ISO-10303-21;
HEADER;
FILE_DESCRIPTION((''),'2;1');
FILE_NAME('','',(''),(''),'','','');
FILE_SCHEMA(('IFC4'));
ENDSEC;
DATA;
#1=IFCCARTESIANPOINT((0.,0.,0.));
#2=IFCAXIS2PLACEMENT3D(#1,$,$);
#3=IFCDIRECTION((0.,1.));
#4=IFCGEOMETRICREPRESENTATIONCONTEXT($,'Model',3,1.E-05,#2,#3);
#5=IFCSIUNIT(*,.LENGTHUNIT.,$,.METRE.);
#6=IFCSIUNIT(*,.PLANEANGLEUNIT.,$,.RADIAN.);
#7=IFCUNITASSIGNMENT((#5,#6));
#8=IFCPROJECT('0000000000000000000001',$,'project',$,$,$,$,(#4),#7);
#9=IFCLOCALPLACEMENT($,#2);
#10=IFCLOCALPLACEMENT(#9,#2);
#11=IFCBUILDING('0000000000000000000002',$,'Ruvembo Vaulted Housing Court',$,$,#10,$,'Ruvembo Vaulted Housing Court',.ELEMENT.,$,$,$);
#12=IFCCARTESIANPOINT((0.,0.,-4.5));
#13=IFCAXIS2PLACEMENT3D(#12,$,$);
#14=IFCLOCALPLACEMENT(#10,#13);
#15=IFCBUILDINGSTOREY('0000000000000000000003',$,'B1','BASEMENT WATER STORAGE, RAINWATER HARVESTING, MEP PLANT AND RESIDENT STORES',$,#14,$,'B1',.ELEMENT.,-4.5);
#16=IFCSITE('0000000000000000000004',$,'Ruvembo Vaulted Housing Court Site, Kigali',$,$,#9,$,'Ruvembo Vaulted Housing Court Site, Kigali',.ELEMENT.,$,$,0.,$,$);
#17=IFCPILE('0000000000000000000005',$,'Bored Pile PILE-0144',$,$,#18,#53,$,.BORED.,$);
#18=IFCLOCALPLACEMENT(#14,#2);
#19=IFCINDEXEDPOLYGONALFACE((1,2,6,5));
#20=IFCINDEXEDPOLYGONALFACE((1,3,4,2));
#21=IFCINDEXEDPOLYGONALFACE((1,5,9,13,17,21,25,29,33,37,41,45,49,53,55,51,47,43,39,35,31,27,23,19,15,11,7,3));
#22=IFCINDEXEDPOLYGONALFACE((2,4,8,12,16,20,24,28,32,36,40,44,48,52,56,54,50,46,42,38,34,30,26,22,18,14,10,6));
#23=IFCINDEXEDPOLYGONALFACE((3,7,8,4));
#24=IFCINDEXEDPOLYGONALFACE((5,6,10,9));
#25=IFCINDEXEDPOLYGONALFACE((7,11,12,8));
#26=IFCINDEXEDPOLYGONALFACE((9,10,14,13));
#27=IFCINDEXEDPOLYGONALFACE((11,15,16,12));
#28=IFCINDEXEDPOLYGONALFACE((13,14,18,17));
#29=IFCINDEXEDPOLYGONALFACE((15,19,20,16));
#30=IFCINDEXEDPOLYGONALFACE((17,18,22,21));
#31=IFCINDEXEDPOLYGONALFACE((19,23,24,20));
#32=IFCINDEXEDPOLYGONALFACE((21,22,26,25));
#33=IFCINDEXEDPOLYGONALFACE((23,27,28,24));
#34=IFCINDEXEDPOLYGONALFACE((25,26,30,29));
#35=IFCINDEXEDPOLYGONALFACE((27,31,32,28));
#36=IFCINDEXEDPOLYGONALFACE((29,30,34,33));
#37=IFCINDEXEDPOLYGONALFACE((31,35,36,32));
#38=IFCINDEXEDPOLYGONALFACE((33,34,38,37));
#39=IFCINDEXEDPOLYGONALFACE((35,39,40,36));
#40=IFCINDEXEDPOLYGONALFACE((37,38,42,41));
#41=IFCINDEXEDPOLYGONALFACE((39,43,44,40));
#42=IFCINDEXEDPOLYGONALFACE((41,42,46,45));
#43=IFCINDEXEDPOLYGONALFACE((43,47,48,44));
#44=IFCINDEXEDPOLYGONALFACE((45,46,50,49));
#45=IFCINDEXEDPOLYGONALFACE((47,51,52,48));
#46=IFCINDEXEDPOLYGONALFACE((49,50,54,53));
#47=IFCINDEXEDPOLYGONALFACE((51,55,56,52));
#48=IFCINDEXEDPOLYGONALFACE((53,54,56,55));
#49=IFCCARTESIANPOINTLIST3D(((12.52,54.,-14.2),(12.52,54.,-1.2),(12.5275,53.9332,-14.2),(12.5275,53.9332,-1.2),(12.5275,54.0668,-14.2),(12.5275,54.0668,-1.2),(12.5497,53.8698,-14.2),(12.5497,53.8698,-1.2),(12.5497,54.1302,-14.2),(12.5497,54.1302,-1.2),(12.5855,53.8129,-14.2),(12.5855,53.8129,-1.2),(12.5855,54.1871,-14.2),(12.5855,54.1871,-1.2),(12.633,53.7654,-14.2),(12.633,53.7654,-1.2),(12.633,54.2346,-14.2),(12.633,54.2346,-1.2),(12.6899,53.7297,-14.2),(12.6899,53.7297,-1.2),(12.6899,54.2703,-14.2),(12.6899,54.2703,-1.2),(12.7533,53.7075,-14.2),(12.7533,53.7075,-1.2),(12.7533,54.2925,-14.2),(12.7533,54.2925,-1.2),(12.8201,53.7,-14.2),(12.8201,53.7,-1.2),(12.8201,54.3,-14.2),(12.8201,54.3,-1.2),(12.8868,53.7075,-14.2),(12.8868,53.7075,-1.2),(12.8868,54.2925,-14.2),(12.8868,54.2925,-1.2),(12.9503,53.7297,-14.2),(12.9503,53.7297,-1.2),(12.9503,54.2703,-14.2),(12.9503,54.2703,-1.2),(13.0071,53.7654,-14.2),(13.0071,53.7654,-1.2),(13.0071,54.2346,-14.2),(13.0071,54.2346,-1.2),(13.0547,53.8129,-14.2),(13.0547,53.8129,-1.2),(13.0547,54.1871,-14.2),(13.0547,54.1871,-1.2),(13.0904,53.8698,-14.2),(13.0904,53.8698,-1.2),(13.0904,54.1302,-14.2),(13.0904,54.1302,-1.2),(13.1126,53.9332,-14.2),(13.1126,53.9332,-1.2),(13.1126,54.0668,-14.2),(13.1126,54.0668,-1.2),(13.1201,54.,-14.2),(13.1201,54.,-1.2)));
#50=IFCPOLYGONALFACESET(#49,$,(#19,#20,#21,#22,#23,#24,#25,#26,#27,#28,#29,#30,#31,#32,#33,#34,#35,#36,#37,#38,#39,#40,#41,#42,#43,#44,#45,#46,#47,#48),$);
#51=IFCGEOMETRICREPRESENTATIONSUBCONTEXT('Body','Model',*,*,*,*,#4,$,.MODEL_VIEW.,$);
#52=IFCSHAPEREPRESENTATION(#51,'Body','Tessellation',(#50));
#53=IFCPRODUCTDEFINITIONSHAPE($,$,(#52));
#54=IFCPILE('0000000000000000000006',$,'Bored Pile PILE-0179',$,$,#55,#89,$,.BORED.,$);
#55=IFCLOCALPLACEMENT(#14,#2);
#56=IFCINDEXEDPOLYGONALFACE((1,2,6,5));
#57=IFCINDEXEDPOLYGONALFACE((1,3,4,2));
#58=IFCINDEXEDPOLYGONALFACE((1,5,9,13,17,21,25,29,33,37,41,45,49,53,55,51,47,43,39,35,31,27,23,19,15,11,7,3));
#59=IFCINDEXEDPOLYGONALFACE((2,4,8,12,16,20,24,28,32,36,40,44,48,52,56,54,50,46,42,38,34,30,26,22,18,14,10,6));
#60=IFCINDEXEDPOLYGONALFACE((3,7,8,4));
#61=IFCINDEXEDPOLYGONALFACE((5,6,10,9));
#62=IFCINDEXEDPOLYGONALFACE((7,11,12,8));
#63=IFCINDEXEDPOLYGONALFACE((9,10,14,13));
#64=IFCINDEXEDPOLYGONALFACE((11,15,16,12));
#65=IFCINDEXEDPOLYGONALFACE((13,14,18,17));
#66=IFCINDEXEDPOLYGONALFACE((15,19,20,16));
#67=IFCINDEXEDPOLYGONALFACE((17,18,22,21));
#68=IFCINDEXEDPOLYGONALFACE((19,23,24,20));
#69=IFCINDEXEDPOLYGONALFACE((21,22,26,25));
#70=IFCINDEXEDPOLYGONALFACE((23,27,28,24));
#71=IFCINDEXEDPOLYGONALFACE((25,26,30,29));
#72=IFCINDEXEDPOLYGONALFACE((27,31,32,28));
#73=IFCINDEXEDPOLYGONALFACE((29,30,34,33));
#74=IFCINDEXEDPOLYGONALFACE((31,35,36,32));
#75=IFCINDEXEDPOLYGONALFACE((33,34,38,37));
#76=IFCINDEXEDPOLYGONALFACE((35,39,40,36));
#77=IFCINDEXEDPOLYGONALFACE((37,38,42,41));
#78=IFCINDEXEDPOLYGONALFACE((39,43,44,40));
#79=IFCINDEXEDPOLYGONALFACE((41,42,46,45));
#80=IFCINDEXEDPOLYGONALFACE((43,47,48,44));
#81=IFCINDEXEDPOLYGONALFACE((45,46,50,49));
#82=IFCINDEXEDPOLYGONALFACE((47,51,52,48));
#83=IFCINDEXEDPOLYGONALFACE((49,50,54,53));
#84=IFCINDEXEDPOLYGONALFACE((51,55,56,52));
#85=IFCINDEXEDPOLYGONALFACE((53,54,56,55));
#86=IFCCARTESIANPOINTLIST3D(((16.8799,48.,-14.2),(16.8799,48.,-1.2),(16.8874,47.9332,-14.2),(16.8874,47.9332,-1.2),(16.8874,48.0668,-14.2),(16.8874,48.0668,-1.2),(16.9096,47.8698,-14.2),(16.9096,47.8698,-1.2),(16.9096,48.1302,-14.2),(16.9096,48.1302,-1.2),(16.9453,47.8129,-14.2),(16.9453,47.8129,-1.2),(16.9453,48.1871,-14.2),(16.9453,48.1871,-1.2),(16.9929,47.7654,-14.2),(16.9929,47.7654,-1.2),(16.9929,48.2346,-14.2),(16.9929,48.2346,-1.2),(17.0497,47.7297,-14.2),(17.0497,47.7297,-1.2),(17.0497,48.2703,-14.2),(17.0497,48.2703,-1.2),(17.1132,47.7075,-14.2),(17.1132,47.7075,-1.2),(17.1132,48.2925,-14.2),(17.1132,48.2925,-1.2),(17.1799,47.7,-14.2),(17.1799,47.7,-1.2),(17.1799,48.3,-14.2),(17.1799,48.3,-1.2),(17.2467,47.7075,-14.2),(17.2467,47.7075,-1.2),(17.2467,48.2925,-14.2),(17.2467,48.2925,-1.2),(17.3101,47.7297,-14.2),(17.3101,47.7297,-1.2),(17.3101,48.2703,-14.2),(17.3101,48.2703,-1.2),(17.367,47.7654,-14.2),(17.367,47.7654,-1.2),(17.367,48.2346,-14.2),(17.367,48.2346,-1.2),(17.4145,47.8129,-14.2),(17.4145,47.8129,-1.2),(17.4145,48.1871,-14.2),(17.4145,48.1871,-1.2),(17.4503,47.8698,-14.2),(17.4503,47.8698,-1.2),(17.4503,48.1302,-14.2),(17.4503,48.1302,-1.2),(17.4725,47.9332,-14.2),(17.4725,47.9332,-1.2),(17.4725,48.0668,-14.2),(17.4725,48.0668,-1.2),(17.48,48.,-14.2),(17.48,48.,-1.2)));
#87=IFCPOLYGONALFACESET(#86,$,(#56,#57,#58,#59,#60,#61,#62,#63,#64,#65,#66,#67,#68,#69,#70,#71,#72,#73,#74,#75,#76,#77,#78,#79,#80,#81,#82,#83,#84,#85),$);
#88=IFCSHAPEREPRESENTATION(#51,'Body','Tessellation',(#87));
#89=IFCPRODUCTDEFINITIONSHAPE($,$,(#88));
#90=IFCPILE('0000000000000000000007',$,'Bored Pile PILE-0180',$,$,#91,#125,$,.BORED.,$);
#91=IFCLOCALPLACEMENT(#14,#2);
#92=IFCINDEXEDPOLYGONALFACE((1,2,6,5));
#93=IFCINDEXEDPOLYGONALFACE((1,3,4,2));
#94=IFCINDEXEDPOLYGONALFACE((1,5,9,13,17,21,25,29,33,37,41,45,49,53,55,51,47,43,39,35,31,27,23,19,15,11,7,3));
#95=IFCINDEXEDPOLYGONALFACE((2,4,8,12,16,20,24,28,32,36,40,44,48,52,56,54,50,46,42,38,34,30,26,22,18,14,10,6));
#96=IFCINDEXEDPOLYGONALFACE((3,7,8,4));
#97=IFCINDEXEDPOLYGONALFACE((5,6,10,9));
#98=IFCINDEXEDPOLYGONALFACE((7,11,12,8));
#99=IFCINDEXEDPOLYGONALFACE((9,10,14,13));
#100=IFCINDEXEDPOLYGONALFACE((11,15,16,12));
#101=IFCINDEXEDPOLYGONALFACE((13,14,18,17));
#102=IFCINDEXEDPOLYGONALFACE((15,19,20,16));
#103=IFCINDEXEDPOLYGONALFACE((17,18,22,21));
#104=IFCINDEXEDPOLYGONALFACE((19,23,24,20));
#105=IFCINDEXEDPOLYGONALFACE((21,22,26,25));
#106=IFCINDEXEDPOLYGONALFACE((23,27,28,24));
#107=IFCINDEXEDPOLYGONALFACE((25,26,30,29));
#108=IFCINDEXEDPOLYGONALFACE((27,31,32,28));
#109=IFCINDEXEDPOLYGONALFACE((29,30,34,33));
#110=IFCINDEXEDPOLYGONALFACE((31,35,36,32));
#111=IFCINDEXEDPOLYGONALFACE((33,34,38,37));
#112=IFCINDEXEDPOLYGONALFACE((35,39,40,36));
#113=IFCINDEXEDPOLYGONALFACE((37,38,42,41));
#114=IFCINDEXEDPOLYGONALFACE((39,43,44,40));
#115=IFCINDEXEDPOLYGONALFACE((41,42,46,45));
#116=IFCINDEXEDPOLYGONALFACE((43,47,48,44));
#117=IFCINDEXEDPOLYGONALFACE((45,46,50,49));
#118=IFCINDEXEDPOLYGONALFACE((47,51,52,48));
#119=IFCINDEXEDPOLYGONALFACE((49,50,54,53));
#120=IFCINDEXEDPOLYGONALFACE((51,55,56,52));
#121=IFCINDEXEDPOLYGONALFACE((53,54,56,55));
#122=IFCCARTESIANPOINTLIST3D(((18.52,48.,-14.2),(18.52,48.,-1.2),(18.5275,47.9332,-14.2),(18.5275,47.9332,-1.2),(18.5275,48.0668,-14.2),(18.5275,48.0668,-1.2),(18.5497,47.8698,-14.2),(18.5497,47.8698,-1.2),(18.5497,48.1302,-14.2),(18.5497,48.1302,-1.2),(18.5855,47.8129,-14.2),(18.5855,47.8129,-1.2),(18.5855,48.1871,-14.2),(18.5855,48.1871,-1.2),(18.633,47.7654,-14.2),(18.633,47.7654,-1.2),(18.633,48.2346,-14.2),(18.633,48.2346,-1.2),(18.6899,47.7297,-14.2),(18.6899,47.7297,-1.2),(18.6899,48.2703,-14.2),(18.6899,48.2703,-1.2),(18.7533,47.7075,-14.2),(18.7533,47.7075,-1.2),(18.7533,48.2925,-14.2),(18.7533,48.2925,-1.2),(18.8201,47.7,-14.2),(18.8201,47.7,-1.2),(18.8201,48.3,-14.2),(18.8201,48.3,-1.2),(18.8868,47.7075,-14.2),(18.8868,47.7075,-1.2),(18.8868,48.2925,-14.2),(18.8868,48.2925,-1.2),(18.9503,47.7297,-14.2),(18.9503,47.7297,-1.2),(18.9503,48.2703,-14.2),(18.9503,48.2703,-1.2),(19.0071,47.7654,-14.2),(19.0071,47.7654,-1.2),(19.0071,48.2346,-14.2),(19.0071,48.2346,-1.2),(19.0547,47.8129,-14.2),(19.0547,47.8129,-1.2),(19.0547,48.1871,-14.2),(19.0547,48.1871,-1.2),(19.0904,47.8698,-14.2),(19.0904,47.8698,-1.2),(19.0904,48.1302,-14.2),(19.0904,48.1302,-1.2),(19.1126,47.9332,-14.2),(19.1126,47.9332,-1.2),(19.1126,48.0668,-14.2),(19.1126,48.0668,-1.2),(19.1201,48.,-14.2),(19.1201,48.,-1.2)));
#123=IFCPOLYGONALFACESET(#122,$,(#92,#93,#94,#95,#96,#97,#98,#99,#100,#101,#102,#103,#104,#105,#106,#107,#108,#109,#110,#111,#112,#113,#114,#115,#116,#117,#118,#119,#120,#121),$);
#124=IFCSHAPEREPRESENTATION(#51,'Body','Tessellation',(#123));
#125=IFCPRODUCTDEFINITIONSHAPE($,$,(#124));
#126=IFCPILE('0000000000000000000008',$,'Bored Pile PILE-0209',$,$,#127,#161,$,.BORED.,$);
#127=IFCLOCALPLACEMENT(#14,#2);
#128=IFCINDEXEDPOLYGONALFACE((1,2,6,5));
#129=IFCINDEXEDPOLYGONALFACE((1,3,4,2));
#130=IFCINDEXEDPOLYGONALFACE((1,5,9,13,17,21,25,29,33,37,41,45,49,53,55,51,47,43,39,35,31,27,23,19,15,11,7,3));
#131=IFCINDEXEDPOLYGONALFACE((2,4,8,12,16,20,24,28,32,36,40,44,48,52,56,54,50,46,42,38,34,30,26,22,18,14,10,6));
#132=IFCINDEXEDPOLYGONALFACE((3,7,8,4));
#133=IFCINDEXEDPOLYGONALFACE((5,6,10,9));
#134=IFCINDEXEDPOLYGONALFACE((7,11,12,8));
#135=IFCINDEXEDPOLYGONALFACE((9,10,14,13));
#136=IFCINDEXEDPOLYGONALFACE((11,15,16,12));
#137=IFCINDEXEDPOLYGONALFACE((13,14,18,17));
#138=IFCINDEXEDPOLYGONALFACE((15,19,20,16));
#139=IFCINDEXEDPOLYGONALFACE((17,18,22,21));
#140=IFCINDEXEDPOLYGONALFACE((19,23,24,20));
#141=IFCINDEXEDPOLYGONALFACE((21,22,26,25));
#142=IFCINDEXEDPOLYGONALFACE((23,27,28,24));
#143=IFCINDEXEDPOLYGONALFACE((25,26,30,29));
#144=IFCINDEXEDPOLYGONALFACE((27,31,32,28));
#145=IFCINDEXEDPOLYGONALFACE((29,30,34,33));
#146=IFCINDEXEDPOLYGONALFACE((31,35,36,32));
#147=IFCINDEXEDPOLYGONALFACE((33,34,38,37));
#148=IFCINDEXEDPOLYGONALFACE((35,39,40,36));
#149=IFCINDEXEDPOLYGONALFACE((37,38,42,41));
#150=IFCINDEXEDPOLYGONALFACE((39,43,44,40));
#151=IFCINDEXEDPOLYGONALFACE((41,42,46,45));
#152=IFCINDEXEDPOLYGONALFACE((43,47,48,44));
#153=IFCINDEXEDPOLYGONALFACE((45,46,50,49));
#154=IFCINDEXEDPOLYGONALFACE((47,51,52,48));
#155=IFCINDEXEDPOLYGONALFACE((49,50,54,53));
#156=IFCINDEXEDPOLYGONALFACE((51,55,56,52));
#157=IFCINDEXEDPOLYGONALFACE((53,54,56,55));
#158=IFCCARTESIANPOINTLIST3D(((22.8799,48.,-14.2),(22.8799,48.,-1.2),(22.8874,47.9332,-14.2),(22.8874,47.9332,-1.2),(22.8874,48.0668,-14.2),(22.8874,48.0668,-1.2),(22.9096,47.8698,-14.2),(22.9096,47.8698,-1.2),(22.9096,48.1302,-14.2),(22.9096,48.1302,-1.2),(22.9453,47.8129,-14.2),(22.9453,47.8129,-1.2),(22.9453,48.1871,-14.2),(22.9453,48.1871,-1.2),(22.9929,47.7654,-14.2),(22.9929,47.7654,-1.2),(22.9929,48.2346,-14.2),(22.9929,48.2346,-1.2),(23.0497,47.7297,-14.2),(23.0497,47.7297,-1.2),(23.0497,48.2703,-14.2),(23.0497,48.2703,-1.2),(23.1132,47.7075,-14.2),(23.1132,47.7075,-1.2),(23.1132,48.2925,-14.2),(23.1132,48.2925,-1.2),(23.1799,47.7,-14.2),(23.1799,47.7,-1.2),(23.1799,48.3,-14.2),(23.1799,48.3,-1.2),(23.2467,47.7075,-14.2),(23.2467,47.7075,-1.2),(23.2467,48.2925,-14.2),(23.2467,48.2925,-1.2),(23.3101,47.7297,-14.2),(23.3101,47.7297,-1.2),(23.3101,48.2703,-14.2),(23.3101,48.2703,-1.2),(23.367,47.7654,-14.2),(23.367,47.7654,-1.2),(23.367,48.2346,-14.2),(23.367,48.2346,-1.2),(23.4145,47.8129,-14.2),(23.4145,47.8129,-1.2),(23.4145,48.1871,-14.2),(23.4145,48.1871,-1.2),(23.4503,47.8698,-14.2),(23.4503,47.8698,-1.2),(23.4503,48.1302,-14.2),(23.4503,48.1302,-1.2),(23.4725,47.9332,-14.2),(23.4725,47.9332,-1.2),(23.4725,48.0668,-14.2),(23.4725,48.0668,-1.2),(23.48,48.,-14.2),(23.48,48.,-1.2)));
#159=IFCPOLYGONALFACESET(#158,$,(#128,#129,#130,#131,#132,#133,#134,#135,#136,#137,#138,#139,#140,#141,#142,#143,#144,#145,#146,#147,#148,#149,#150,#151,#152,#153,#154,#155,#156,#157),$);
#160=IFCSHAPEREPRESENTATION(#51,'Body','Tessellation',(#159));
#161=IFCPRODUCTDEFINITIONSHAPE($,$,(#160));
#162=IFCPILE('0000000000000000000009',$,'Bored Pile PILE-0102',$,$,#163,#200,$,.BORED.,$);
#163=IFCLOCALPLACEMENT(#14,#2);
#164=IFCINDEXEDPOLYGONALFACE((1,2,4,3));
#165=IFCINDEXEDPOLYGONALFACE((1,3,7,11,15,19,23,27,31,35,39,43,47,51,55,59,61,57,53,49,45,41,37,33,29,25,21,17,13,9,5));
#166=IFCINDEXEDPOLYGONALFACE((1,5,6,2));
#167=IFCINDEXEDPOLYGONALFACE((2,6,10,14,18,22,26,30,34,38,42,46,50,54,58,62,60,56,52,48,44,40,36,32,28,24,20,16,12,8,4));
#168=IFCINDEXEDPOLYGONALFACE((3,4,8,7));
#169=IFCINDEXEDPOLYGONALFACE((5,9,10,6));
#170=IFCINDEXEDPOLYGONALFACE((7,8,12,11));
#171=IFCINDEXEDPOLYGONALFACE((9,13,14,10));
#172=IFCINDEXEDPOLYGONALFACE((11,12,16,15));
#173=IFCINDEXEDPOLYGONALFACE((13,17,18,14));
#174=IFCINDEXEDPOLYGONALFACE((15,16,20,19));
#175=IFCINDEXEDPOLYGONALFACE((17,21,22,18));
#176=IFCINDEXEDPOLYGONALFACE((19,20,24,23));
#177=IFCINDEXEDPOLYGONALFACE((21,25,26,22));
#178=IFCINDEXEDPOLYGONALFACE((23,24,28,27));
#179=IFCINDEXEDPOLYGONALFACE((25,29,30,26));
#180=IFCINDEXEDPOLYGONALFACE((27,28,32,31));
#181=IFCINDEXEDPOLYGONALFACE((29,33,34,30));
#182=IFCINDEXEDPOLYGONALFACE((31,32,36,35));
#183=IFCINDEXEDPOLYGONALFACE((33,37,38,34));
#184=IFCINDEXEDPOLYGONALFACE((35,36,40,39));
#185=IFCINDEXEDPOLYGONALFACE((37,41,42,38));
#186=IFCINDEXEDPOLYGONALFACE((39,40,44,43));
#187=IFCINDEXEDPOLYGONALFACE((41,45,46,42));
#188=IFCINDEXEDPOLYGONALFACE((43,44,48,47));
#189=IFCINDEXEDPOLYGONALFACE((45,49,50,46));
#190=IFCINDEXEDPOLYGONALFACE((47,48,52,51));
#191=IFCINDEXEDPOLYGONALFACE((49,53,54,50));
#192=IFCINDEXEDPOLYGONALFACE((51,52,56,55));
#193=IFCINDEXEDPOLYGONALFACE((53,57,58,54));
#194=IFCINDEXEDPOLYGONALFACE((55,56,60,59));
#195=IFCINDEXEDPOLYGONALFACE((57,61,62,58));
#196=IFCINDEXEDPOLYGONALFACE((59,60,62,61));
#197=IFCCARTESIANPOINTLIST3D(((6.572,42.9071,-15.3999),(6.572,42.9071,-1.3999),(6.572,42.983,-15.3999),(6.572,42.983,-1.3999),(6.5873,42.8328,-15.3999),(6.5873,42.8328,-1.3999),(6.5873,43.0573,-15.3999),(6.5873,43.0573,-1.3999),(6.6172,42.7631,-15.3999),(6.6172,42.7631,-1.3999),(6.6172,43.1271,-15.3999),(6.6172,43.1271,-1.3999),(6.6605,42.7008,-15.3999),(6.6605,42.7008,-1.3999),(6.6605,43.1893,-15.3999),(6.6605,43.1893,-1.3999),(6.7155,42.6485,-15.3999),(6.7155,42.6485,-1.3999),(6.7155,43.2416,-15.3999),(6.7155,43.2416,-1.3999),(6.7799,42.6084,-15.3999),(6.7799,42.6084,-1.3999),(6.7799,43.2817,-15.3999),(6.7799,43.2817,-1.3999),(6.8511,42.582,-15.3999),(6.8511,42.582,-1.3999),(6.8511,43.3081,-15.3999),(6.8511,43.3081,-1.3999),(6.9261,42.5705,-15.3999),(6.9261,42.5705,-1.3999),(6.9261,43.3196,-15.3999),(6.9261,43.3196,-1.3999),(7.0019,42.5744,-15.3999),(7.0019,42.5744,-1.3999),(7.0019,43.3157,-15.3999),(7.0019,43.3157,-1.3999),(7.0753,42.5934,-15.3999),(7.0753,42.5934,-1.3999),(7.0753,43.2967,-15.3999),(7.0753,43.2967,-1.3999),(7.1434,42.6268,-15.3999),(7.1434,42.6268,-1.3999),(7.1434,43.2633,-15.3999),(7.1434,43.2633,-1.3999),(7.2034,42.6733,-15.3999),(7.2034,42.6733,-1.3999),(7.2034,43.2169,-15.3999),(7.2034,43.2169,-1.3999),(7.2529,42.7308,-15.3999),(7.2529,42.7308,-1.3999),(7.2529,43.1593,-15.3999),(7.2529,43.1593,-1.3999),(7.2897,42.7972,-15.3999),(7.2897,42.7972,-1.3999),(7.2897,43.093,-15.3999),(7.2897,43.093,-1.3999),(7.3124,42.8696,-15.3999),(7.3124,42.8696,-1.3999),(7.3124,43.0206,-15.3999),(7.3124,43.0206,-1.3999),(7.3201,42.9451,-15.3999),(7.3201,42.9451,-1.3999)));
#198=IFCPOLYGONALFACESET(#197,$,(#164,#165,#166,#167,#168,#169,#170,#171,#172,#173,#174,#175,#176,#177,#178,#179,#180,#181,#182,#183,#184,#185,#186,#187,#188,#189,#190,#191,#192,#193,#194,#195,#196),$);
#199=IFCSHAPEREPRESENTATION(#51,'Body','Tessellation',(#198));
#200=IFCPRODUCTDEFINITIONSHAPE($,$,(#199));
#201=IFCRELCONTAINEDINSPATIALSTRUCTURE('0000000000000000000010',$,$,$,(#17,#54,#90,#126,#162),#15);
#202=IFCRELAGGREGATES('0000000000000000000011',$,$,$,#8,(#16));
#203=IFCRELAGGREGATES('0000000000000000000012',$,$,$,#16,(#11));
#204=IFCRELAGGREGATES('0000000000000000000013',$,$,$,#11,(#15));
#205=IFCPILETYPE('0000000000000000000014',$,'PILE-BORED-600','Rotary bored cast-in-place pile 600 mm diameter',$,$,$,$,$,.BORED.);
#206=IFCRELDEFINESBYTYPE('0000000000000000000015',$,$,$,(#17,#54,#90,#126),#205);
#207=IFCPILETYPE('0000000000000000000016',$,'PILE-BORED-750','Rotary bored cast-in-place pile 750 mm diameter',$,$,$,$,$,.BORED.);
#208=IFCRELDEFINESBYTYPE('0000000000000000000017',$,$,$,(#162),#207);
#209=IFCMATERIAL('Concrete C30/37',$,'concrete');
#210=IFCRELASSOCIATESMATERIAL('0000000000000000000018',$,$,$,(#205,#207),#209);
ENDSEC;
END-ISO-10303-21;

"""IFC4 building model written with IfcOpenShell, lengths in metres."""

from ifc_helpers import new_model, si_unit, direction, frame, origin, origin_2d, place, context, subcontext, project, spatial, circle, extrude, material, material_profile, profile_set, type_object, element, save


model = new_model("IFC4")

# Units and contexts
model_context = context("Model", 3, precision=1e-05, world=origin(), true_north=direction((0.0, 1.0)))
body_context = subcontext(model_context, "Body", "Model", "MODEL_VIEW")
ifc_project = project(units=[si_unit("LENGTHUNIT", "METRE"), si_unit("PLANEANGLEUNIT", "RADIAN")], contexts=[model_context])

# Site, building, storey
site_placement = place(None, origin())
site = spatial("IfcSite", under=ifc_project, at=site_placement, Name="Ruvembo Vaulted Housing Court Site, Kigali", LongName="Ruvembo Vaulted Housing Court Site, Kigali", CompositionType="ELEMENT", RefElevation=0.0)
building_placement = place(site_placement, origin())
building = spatial("IfcBuilding", under=site, at=building_placement, Name="Ruvembo Vaulted Housing Court", LongName="Ruvembo Vaulted Housing Court", CompositionType="ELEMENT")
storey_placement = place(building_placement, frame((0.0, 0.0, -4.5)))
storey = spatial("IfcBuildingStorey", under=building, at=storey_placement, Name="B1", Description="BASEMENT WATER STORAGE, RAINWATER HARVESTING, MEP PLANT AND RESIDENT STORES", LongName="B1", CompositionType="ELEMENT", Elevation=-4.5)

# Piles
ifc_material_1 = material(Name="Concrete C30/37", Category="concrete")
ifc_material_profile_1 = material_profile(ifc_material_1, circle(Radius=0.3, at=origin_2d()), Name="PILE D600")
ifc_profile_set_1 = profile_set([ifc_material_profile_1], Name="Concrete C30/37")
pile_type_1 = type_object("IfcPileType", Name="PILE-BORED-600", Description="Rotary bored cast-in-place pile 600 mm diameter", PredefinedType="BORED", material=ifc_profile_set_1)
for number, where, z_axis, x_axis, name in (
    (1, (12.8201, 54.0, -1.2), (0.0, 0.0, -1.0), (1.0, 0.0, 0.0), "Bored Pile PILE-0144"),
    (2, (17.1799, 48.0, -1.2), (0.0, 0.0, -1.0), (1.0, 0.0, 0.0), "Bored Pile PILE-0179"),
    (3, (18.8201, 48.0, -1.2), (0.0, 0.0, -1.0), (1.0, 0.0, 0.0), "Bored Pile PILE-0180"),
    (4, (23.1799, 48.0, -1.2), (0.0, 0.0, -1.0), (1.0, 0.0, 0.0), "Bored Pile PILE-0209"),
):
    element("IfcPile", number, at=place(storey_placement, frame(where, z_axis=z_axis, x_axis=x_axis)), inside=storey, type_object=pile_type_1, Name=name, PredefinedType="BORED", context=body_context, shape_type="SweptSolid", body=[
        extrude(circle(Radius=0.3, at=origin_2d()), origin(), (0.0, 0.0, 1.0), 13.0),
    ])
ifc_material_profile_2 = material_profile(ifc_material_1, circle(Radius=0.375, at=origin_2d()), Name="PILE D750")
ifc_profile_set_2 = profile_set([ifc_material_profile_2], Name="Concrete C30/37")
pile_type_2 = type_object("IfcPileType", Name="PILE-BORED-750", Description="Rotary bored cast-in-place pile 750 mm diameter", PredefinedType="BORED", material=ifc_profile_set_2)
for number, where, z_axis, x_axis, name in (
    (5, (6.9451, 42.9451, -1.3999), (0.0, 0.0, -1.0), (1.0, 0.0, 0.0), "Bored Pile PILE-0102"),
):
    element("IfcPile", number, at=place(storey_placement, frame(where, z_axis=z_axis, x_axis=x_axis)), inside=storey, type_object=pile_type_2, Name=name, PredefinedType="BORED", context=body_context, shape_type="SweptSolid", body=[
        extrude(circle(Radius=0.375, at=origin_2d()), origin(), (0.0, 0.0, 1.0), 14.0),
    ])

save(model, "model.ifc")
